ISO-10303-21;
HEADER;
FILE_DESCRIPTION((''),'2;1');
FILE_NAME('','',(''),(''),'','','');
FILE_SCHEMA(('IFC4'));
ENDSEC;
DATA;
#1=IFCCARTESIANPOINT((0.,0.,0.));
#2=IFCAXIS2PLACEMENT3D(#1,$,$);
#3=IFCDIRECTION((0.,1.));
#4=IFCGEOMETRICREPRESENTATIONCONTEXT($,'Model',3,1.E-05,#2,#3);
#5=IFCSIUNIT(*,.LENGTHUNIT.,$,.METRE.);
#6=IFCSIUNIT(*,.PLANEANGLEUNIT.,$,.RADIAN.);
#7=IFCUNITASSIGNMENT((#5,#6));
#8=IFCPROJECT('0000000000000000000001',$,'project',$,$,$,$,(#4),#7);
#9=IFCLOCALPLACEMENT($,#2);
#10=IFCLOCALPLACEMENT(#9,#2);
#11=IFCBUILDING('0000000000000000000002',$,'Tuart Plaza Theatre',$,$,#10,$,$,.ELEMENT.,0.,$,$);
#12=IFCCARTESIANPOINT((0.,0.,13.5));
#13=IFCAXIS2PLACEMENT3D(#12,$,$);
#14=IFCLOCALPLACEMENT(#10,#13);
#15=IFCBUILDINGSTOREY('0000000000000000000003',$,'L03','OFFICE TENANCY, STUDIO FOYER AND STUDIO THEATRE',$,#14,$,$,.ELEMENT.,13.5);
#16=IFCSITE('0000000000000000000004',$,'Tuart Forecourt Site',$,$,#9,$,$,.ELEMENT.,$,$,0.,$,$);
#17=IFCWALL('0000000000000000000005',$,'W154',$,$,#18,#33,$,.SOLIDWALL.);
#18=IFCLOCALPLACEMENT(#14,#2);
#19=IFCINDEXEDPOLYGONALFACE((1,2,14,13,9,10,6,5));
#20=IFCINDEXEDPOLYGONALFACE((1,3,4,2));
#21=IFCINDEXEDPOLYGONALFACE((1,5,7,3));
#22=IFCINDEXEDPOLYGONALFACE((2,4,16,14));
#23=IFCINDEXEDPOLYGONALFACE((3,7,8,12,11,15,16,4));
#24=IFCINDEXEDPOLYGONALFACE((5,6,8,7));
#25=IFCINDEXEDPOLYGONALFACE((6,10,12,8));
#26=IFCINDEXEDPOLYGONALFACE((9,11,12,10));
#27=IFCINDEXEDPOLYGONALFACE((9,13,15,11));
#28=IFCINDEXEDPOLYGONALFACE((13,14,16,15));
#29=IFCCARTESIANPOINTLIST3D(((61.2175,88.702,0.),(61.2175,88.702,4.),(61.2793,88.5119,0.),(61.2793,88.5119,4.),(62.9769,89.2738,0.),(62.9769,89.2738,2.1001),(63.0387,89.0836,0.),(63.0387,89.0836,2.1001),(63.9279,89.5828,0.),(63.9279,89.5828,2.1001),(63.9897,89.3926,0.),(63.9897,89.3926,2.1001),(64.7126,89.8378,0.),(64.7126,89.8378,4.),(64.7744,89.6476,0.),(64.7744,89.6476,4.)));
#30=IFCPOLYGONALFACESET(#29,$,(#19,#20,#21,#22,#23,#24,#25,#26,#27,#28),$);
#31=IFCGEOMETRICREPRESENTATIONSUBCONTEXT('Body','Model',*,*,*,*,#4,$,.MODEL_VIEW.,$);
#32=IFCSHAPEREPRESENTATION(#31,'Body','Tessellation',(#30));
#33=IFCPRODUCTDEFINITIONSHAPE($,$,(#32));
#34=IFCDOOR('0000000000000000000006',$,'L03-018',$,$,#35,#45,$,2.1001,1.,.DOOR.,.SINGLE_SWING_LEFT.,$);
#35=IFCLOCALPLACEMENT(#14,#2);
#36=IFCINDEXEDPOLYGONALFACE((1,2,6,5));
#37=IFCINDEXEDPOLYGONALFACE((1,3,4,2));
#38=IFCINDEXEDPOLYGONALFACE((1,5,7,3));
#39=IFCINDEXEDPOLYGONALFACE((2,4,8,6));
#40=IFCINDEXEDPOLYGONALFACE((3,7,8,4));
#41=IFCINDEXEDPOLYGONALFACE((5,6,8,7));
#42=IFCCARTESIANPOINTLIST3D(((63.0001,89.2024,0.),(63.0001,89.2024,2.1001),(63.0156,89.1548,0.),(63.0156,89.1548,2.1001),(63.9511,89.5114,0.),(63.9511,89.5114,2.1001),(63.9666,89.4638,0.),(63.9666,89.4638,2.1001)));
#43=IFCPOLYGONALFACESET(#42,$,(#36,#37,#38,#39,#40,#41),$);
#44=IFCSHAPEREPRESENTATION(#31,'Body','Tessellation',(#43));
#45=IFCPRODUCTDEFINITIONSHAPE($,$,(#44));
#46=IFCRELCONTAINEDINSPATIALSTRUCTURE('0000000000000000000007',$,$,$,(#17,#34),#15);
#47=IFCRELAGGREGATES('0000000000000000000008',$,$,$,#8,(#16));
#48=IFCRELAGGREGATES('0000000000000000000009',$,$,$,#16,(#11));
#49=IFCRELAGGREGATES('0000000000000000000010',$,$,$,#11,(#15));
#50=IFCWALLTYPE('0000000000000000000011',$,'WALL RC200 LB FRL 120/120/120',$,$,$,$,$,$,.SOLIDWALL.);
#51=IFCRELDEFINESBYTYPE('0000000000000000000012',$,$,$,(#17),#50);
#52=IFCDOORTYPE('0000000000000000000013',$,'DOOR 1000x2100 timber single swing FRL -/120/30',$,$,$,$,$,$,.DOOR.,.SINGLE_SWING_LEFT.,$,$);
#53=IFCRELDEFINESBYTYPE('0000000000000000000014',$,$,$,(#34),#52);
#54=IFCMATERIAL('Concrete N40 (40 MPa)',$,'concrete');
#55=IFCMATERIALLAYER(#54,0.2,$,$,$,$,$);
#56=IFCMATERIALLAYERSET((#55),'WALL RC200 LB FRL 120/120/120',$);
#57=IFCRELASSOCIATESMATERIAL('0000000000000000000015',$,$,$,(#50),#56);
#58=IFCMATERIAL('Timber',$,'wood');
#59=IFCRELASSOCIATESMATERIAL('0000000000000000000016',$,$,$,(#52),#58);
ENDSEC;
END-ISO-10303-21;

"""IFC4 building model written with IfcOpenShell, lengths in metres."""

from ifc_helpers import new_model, si_unit, direction, frame, frame_2d, origin, place, context, subcontext, project, spatial, rectangle, extrude, material, layer, layer_set, type_object, element, fill, save


model = new_model("IFC4")

# Units and contexts
model_context = context("Model", 3, precision=1e-05, world=origin(), true_north=direction((0.0, 1.0)))
body_context = subcontext(model_context, "Body", "Model", "MODEL_VIEW")
ifc_project = project(units=[si_unit("LENGTHUNIT", "METRE"), si_unit("PLANEANGLEUNIT", "RADIAN")], contexts=[model_context])

# Site, building, storey
site_placement = place(None, origin())
site = spatial("IfcSite", under=ifc_project, at=site_placement, Name="Tuart Forecourt Site", CompositionType="ELEMENT", RefElevation=0.0)
building_placement = place(site_placement, origin())
building = spatial("IfcBuilding", under=site, at=building_placement, Name="Tuart Plaza Theatre", CompositionType="ELEMENT", ElevationOfRefHeight=0.0)
storey_placement = place(building_placement, frame((0.0, 0.0, 13.5)))
storey = spatial("IfcBuildingStorey", under=building, at=storey_placement, Name="L03", Description="OFFICE TENANCY, STUDIO FOYER AND STUDIO THEATRE", CompositionType="ELEMENT", Elevation=13.5)

# Wall, opening, door
ifc_material_1 = material(Name="Concrete N40 (40 MPa)", Category="concrete")
ifc_layer_1 = layer(ifc_material_1, 0.2)
ifc_layer_set_1 = layer_set([ifc_layer_1], Name="WALL RC200 LB FRL 120/120/120")
wall_type_1 = type_object("IfcWallType", Name="WALL RC200 LB FRL 120/120/120", PredefinedType="SOLIDWALL", material=ifc_layer_set_1)
wall_1_placement = place(storey_placement, frame((64.7434, 89.7427, 0.0), z_axis=(0.0, 0.0, 1.0), x_axis=(-0.951048, -0.309044, 0.0)))
wall_1 = element("IfcWall", 1, at=wall_1_placement, inside=storey, type_object=wall_type_1, Name="W154", PredefinedType="SOLIDWALL", context=body_context, shape_type="SweptSolid", body=[
    extrude(rectangle(XDim=3.675, YDim=0.2, at=frame_2d((1.8374, 0.0))), origin(), (0.0, 0.0, 1.0), 4.0),
])
opening_placement = place(wall_1_placement, frame((0.825, 0.0, 0.0)))
opening = element("IfcOpeningElement", 2, at=opening_placement, cuts=wall_1, PredefinedType="OPENING", context=body_context, shape_type="SweptSolid", body=[
    extrude(rectangle(XDim=1.0, YDim=2.1001, at=frame_2d((0.5, 1.05))), frame((0.0, 0.1099, 0.0), z_axis=(0.0, -1.0, 0.0), x_axis=(1.0, 0.0, 0.0)), (0.0, 0.0, 1.0), 0.22),
])
ifc_material_2 = material(Name="Timber", Category="wood")
door_type = type_object("IfcDoorType", Name="DOOR 1000x2100 timber single swing FRL -/120/30", OperationType="SINGLE_SWING_LEFT", PredefinedType="DOOR", material=ifc_material_2)
door_placement = place(opening_placement, frame((1.0, 0.0, 0.0), z_axis=(0.0, 0.0, 1.0), x_axis=(-1.0, 0.0, 0.0)))
door = element("IfcDoor", 3, at=door_placement, inside=storey, type_object=door_type, Name="L03-018", OperationType="SINGLE_SWING_LEFT", OverallHeight=2.1001, OverallWidth=1.0, PredefinedType="DOOR", context=body_context, shape_type="SweptSolid", body=[
    extrude(rectangle(XDim=1.0, YDim=2.1001, at=frame_2d((0.5, 1.05))), frame((0.0, 0.0249, 0.0), z_axis=(0.0, -1.0, 0.0), x_axis=(1.0, 0.0, 0.0)), (0.0, 0.0, 1.0), 0.05),
])
fill(opening, door)

save(model, "model.ifc")
